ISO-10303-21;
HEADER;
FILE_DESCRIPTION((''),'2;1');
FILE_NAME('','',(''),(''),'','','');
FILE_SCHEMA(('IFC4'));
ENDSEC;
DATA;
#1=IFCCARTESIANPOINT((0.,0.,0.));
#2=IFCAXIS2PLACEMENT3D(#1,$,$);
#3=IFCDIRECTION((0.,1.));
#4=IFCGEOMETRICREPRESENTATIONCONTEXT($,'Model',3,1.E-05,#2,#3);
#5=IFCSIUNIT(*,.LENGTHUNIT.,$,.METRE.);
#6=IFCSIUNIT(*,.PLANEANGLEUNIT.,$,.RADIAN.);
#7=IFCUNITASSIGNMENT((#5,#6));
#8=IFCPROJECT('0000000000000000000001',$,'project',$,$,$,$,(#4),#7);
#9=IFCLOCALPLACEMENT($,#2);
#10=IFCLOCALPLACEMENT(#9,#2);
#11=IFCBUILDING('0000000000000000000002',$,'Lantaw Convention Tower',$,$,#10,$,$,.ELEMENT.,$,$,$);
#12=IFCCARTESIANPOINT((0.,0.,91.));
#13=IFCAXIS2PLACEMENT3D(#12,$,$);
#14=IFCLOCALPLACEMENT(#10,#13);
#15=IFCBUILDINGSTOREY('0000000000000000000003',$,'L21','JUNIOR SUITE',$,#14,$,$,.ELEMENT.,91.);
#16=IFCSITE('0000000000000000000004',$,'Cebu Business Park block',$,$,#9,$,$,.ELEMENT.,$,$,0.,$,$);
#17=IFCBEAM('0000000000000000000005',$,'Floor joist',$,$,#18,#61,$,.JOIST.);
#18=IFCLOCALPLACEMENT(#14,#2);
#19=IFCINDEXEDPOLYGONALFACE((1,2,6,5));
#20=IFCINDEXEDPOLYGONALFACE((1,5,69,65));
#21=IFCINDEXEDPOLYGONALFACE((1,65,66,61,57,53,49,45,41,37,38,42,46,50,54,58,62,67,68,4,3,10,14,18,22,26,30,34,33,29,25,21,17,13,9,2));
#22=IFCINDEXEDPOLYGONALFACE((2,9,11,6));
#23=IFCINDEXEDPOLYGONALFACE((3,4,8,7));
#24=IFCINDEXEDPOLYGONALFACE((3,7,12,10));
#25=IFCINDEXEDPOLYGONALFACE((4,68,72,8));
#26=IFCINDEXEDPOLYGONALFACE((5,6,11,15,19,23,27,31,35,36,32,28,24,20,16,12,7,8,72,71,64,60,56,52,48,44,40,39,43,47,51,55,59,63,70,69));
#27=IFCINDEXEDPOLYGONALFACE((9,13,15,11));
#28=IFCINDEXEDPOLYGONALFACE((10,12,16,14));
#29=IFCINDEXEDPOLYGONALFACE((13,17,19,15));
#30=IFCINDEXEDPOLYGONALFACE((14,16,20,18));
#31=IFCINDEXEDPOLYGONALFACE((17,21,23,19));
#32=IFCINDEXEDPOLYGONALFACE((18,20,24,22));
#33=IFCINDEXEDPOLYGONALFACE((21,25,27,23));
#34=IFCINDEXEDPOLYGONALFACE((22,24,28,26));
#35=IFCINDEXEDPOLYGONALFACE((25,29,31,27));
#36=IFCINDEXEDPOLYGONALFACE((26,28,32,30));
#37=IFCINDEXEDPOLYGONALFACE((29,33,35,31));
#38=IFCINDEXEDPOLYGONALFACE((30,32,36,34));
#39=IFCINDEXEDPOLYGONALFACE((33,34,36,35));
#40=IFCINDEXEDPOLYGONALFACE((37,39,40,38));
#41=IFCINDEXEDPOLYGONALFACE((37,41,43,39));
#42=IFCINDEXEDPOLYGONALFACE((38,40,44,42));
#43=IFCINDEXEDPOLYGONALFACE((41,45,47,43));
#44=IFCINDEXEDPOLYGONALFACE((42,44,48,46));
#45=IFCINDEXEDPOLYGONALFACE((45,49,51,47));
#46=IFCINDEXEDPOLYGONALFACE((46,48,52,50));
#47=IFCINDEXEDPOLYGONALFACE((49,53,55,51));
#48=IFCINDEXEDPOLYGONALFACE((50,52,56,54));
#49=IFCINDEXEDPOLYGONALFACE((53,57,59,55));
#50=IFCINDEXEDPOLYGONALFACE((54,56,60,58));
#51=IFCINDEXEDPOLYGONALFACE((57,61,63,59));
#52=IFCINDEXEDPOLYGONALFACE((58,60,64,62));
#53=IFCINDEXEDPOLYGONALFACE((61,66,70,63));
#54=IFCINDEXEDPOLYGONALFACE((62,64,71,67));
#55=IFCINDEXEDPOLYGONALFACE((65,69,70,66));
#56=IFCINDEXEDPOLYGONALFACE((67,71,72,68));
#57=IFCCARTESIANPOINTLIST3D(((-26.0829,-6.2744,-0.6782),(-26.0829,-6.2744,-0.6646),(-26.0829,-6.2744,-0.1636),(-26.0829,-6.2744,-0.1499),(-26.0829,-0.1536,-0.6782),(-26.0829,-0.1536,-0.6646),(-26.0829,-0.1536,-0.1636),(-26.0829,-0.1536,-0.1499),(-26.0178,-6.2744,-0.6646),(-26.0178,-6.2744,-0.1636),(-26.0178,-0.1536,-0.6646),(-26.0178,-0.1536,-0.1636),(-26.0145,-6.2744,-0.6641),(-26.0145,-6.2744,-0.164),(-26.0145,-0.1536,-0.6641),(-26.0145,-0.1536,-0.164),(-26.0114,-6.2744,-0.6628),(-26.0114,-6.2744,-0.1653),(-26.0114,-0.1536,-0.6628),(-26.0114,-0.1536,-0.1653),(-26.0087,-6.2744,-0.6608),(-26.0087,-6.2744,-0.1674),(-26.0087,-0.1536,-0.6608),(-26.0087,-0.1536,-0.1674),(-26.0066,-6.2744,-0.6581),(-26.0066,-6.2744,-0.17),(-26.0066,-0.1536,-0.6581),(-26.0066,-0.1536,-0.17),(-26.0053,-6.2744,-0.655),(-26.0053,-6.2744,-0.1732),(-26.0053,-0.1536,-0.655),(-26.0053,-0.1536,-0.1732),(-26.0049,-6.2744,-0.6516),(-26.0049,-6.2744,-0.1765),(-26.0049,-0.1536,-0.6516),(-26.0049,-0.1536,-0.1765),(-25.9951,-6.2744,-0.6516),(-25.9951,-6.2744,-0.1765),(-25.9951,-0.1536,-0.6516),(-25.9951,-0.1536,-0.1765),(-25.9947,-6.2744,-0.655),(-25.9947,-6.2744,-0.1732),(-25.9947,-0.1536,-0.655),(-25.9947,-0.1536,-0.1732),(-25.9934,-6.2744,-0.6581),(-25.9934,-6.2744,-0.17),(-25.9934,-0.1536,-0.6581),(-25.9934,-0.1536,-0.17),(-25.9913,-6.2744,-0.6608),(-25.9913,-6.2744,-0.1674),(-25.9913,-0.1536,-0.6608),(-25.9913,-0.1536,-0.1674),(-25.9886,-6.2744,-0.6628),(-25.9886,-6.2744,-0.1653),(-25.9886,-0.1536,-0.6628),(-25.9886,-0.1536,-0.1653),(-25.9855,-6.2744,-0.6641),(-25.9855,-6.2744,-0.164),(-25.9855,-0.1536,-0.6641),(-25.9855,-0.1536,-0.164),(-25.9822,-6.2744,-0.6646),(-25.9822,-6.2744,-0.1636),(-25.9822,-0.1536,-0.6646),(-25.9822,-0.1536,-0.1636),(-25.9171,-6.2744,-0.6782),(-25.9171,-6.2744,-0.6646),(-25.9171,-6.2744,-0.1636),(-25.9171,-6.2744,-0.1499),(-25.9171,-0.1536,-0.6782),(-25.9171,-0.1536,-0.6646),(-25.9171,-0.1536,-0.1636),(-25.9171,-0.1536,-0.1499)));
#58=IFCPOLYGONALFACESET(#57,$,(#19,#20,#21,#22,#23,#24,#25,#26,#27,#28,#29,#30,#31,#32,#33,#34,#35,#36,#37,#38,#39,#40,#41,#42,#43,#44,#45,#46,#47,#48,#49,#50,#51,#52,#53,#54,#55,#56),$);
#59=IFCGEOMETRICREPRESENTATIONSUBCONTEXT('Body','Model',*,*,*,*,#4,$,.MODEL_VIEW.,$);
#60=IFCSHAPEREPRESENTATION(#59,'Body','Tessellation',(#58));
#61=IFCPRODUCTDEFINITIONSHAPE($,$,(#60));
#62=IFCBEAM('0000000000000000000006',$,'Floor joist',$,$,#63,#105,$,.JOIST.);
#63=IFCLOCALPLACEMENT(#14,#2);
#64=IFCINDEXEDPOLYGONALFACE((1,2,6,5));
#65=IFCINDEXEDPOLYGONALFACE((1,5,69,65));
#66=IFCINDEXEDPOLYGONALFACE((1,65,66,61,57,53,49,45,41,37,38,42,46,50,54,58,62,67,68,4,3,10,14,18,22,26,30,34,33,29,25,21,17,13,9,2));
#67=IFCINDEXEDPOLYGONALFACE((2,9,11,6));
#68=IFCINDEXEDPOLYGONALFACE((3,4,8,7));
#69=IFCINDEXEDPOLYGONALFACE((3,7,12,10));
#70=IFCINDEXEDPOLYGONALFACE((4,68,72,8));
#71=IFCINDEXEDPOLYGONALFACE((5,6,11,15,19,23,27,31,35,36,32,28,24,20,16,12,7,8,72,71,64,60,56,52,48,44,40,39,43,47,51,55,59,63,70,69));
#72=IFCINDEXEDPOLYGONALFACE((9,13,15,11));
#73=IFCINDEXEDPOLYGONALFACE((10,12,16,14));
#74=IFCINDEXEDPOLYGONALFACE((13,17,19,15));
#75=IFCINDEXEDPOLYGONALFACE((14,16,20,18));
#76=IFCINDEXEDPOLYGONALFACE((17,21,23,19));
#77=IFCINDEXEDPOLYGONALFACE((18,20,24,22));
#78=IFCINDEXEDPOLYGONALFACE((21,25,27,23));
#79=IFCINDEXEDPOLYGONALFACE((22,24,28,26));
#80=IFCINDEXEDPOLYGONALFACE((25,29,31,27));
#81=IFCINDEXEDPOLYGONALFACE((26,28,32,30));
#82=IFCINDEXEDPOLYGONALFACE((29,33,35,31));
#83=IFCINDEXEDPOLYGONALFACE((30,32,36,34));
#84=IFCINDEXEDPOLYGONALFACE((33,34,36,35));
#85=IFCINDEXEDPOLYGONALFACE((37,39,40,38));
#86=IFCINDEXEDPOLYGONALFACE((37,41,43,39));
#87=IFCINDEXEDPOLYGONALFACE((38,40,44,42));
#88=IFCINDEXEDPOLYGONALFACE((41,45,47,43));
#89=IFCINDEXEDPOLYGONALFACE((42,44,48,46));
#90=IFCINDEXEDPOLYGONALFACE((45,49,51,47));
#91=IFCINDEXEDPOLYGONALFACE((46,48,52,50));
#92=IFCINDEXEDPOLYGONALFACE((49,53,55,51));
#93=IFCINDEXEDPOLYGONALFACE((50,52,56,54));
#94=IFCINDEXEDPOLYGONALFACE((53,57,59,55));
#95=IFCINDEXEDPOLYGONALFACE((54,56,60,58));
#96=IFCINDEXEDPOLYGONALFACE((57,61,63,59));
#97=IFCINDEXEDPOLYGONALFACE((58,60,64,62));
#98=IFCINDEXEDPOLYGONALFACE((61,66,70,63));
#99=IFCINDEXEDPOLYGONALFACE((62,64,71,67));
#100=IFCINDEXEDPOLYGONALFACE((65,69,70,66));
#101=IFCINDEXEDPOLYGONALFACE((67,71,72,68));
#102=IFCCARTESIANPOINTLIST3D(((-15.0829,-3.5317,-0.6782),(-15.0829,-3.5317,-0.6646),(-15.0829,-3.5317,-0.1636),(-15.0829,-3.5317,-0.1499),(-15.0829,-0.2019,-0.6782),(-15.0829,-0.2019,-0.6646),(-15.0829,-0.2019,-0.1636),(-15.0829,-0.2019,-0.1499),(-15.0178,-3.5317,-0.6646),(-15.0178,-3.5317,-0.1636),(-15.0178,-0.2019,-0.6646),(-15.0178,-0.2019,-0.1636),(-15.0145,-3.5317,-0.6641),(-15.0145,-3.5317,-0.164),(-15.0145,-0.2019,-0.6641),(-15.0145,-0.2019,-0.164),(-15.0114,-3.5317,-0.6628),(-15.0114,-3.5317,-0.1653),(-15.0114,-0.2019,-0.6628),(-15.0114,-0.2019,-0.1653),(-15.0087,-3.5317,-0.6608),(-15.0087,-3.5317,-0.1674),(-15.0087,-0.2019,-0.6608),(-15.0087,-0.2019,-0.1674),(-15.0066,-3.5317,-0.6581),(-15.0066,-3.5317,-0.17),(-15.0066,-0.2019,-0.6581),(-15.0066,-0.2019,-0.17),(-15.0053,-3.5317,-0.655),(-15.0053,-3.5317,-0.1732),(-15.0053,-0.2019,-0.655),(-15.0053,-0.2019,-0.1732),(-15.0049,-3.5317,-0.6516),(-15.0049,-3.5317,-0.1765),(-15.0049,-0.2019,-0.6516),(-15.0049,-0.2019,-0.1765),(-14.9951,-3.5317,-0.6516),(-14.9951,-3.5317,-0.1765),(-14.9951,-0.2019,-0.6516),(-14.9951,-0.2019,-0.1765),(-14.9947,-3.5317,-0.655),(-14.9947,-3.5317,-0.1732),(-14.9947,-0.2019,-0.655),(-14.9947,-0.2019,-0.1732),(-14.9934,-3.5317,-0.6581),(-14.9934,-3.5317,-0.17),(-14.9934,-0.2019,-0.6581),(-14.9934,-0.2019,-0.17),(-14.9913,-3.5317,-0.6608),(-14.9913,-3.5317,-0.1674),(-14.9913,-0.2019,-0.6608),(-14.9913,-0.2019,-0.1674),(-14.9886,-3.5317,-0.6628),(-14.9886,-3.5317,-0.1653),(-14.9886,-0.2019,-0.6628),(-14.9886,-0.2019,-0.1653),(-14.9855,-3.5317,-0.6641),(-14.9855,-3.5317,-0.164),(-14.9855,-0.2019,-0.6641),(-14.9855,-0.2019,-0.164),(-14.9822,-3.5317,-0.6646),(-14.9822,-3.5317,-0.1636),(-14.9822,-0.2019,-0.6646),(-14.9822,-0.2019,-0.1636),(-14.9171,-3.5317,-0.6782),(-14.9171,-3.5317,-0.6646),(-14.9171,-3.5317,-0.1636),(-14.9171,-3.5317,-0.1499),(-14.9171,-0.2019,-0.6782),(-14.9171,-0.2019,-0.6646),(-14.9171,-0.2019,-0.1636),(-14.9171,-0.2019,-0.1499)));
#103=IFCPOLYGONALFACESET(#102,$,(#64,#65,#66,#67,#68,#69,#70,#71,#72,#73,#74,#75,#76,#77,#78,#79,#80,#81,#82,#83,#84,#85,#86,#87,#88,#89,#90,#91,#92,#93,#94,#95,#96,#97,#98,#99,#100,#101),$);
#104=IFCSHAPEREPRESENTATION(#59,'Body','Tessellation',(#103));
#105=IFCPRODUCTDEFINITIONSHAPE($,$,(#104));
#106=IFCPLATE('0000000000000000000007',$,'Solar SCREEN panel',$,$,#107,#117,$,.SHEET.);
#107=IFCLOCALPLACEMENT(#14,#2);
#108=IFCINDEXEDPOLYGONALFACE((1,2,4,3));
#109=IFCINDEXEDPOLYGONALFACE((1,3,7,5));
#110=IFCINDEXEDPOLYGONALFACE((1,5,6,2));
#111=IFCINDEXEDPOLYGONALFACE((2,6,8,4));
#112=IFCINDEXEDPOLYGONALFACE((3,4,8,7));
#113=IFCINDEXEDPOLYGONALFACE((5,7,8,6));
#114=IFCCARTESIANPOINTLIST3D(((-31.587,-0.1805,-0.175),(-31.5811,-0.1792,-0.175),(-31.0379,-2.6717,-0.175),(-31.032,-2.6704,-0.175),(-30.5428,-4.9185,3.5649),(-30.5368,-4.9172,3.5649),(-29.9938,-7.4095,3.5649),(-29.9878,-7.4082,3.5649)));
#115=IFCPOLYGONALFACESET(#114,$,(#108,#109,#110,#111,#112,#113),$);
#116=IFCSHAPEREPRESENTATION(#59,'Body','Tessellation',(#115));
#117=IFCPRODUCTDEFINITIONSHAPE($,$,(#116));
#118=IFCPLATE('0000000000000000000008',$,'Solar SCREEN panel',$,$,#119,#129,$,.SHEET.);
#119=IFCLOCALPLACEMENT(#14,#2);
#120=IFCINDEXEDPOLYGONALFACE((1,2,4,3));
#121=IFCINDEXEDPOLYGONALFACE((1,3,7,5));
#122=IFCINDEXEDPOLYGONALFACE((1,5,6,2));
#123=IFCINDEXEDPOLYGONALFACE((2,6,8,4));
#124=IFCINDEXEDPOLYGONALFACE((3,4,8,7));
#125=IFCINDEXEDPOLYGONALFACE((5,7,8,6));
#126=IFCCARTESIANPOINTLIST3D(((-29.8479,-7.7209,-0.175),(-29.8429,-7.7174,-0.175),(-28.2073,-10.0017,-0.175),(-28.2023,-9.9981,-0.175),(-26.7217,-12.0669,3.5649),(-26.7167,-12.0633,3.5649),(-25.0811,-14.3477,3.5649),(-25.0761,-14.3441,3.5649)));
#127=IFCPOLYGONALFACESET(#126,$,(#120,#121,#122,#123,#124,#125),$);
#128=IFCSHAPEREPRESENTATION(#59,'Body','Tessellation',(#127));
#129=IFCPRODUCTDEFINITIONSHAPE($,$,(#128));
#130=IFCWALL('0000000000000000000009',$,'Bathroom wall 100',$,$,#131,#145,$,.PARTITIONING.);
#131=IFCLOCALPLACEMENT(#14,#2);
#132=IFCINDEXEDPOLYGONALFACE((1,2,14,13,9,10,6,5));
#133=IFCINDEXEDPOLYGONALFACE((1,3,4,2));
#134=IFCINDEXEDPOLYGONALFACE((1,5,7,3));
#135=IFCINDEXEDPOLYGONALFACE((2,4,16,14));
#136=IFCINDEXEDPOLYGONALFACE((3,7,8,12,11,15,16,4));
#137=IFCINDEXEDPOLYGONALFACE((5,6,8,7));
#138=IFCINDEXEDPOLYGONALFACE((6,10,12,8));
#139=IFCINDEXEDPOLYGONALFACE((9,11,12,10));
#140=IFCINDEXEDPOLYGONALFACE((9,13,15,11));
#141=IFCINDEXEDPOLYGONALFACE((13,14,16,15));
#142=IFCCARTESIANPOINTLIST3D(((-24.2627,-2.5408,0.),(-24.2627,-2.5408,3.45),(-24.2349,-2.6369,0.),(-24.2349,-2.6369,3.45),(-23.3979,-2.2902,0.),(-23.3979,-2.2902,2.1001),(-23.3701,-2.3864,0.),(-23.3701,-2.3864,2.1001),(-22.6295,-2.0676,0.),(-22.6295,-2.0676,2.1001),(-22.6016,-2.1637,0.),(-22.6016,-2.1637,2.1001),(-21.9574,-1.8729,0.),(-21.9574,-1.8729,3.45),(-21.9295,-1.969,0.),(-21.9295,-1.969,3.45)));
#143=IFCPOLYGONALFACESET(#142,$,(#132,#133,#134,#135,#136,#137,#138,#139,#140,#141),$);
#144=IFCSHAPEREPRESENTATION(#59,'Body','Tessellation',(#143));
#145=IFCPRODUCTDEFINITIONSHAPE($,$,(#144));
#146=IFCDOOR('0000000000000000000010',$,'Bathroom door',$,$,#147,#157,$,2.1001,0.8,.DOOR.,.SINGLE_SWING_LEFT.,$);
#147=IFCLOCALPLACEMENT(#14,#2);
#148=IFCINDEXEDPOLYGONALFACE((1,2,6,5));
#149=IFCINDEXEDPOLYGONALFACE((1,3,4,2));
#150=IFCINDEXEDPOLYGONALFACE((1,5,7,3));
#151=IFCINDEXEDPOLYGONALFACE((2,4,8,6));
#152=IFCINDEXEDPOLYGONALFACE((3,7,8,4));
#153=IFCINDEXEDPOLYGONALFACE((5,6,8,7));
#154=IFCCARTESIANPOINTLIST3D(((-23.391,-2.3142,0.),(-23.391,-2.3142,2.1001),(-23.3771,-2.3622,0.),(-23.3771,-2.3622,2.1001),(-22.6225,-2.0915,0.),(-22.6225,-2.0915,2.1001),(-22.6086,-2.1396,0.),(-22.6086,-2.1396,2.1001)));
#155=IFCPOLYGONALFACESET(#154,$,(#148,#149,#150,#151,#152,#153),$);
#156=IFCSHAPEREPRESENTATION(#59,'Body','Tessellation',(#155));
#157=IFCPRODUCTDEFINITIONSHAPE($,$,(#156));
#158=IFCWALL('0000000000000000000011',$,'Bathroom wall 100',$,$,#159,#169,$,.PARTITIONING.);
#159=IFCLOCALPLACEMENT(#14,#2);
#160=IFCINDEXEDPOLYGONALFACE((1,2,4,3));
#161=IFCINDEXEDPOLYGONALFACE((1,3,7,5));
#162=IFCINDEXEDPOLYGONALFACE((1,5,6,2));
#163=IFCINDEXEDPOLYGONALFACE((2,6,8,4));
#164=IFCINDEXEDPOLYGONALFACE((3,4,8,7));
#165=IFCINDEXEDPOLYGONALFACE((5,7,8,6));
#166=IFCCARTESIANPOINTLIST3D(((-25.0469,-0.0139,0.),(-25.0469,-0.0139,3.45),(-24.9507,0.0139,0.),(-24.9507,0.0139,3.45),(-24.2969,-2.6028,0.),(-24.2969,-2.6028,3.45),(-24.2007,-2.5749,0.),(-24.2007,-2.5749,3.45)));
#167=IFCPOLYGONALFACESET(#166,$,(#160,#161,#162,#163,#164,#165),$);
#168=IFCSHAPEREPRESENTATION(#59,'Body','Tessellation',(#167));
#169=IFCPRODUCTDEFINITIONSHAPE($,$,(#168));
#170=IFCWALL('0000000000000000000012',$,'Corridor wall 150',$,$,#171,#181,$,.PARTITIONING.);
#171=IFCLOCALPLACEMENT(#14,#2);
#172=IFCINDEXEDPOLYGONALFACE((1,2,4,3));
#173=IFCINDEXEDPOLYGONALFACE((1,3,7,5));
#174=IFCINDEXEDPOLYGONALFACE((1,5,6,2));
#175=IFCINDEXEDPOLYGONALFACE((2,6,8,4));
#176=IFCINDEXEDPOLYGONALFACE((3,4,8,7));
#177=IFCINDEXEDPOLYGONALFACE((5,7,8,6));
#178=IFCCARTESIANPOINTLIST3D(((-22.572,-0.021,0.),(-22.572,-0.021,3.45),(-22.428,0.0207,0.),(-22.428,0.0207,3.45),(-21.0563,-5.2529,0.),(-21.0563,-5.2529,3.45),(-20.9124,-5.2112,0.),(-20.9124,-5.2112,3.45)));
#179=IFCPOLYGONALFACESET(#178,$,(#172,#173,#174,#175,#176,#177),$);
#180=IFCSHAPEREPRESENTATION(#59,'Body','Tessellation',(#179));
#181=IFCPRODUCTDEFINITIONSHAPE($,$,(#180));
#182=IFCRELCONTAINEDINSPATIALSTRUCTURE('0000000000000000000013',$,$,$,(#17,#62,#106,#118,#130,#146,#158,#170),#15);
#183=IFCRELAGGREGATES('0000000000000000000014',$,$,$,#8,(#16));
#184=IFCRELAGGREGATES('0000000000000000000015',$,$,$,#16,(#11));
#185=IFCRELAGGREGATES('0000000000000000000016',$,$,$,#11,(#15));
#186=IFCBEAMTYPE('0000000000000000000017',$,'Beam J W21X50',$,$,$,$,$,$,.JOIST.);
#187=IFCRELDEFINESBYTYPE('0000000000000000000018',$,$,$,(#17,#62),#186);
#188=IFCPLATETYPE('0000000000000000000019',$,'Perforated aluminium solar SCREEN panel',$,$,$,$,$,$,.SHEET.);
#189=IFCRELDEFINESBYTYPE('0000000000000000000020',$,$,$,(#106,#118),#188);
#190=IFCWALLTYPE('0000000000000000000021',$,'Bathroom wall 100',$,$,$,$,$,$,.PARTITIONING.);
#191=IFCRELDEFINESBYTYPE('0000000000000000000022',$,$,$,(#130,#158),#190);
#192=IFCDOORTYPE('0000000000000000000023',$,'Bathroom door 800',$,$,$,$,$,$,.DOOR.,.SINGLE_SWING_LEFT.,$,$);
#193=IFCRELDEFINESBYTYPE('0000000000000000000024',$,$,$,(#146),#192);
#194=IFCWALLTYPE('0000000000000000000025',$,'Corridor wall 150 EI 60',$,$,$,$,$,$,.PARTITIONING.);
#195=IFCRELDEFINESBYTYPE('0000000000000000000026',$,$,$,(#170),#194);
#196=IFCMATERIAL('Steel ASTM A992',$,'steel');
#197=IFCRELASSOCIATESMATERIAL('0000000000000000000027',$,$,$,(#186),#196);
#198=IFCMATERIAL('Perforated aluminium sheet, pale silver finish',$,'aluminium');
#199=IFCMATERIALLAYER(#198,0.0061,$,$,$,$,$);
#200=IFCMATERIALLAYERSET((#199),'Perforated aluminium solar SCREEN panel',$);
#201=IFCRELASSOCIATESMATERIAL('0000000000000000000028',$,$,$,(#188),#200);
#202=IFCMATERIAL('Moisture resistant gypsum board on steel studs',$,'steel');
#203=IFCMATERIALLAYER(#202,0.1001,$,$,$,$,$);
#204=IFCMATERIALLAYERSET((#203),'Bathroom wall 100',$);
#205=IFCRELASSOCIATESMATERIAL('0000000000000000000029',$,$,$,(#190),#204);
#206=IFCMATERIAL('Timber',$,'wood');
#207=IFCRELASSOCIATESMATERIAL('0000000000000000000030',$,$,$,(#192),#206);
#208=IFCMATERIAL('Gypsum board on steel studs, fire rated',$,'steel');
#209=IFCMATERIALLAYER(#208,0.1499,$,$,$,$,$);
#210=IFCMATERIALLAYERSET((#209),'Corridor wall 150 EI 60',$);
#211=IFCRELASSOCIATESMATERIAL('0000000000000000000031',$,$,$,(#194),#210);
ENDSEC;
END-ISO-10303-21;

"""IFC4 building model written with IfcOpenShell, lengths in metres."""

from ifc_helpers import new_model, si_unit, direction, frame, frame_2d, origin, origin_2d, place, context, subcontext, project, spatial, polyline, rectangle, i_section, outline, extrude, material, layer, layer_set, material_profile, profile_set, type_object, element, fill, save


model = new_model("IFC4")

# Units and contexts
model_context = context("Model", 3, precision=1e-05, world=origin(), true_north=direction((0.0, 1.0)))
body_context = subcontext(model_context, "Body", "Model", "MODEL_VIEW")
ifc_project = project(units=[si_unit("LENGTHUNIT", "METRE"), si_unit("PLANEANGLEUNIT", "RADIAN")], contexts=[model_context])

# Site, building, storey
site_placement = place(None, origin())
site = spatial("IfcSite", under=ifc_project, at=site_placement, Name="Cebu Business Park block", CompositionType="ELEMENT", RefElevation=0.0)
building_placement = place(site_placement, origin())
building = spatial("IfcBuilding", under=site, at=building_placement, Name="Lantaw Convention Tower", CompositionType="ELEMENT")
storey_placement = place(building_placement, frame((0.0, 0.0, 91.0)))
storey = spatial("IfcBuildingStorey", under=building, at=storey_placement, Name="L21", Description="JUNIOR SUITE", CompositionType="ELEMENT", Elevation=91.0)

# Beams
ifc_material_1 = material(Name="Steel ASTM A992", Category="steel")
ifc_material_profile_1 = material_profile(ifc_material_1, i_section(OverallWidth=0.1658, OverallDepth=0.5283, WebThickness=0.0098, FlangeThickness=0.0137, FilletRadius=0.0129, at=origin_2d()), Name="W21X50")
ifc_profile_set_1 = profile_set([ifc_material_profile_1], Name="Steel ASTM A992")
beam_type_1 = type_object("IfcBeamType", Name="Beam J W21X50", PredefinedType="JOIST", material=ifc_profile_set_1)
beam_1_placement = place(storey_placement, frame((-26.0, -6.2744, -0.4141), z_axis=(0.0, 1.0, 0.0), x_axis=(-1.0, 0.0, 0.0)))
element("IfcBeam", 1, at=beam_1_placement, inside=storey, type_object=beam_type_1, Name="Floor joist", PredefinedType="JOIST", context=body_context, shape_type="SweptSolid", body=[
    extrude(i_section(OverallWidth=0.1658, OverallDepth=0.5283, WebThickness=0.0098, FlangeThickness=0.0137, FilletRadius=0.0129, at=origin_2d()), origin(), (0.0, 0.0, 1.0), 6.1208),
])
beam_2_placement = place(storey_placement, frame((-15.0, -3.5317, -0.4141), z_axis=(0.0, 1.0, 0.0), x_axis=(-1.0, 0.0, 0.0)))
element("IfcBeam", 2, at=beam_2_placement, inside=storey, type_object=beam_type_1, Name="Floor joist", PredefinedType="JOIST", context=body_context, shape_type="SweptSolid", body=[
    extrude(i_section(OverallWidth=0.1658, OverallDepth=0.5283, WebThickness=0.0098, FlangeThickness=0.0137, FilletRadius=0.0129, at=origin_2d()), origin(), (0.0, 0.0, 1.0), 3.3298),
])

# Plates
ifc_material_2 = material(Name="Perforated aluminium sheet, pale silver finish", Category="aluminium")
ifc_layer_1 = layer(ifc_material_2, 0.0061)
ifc_layer_set_1 = layer_set([ifc_layer_1], Name="Perforated aluminium solar SCREEN panel")
plate_type = type_object("IfcPlateType", Name="Perforated aluminium solar SCREEN panel", PredefinedType="SHEET", material=ifc_layer_set_1)
plate_1_placement = place(storey_placement, frame((-31.5811, -0.1792, -0.175), z_axis=(0.976559, 0.215248, 0.00003), x_axis=(0.215248, -0.976559, 0.0)))
element("IfcPlate", 3, at=plate_1_placement, inside=storey, type_object=plate_type, Name="Solar SCREEN panel", PredefinedType="SHEET", context=body_context, shape_type="SweptSolid", body=[
    extrude(outline(polyline([(0.0, 0.0), (2.551, 0.0), (7.4025, -3.74), (4.8517, -3.74), (0.0, 0.0)])), origin(), (0.0, 0.0, -1.0), 0.0061),
])
plate_2_placement = place(storey_placement, frame((-29.8479, -7.7209, -0.175), z_axis=(-0.811791, -0.583948, 0.000009), x_axis=(0.583948, -0.811791, 0.0)))
element("IfcPlate", 4, at=plate_2_placement, inside=storey, type_object=plate_type, Name="Solar SCREEN panel", PredefinedType="SHEET", context=body_context, shape_type="SweptSolid", body=[
    extrude(outline(polyline([(0.0, 0.0), (2.8095, 0.0), (8.1631, 3.74), (5.3536, 3.74), (0.0, 0.0)])), origin(), (0.0, 0.0, -1.0), 0.0061),
])

# Wall, opening, door
ifc_material_3 = material(Name="Moisture resistant gypsum board on steel studs", Category="steel")
ifc_layer_2 = layer(ifc_material_3, 0.1001)
ifc_layer_set_2 = layer_set([ifc_layer_2], Name="Bathroom wall 100")
wall_type_1 = type_object("IfcWallType", Name="Bathroom wall 100", PredefinedType="PARTITIONING", material=ifc_layer_set_2)
wall_1_placement = place(storey_placement, frame((-21.9434, -1.9209, 0.0), z_axis=(0.0, 0.0, 1.0), x_axis=(-0.960496, -0.278293, 0.0)))
wall_1 = element("IfcWall", 5, at=wall_1_placement, inside=storey, type_object=wall_type_1, Name="Bathroom wall 100", PredefinedType="PARTITIONING", context=body_context, shape_type="SweptSolid", body=[
    extrude(rectangle(XDim=2.4001, YDim=0.1001, at=frame_2d((1.2002, 0.0))), origin(), (0.0, 0.0, 1.0), 3.45),
])
opening_1_placement = place(wall_1_placement, frame((0.7, 0.0, 0.0)))
opening_1 = element("IfcOpeningElement", 6, at=opening_1_placement, cuts=wall_1, PredefinedType="OPENING", context=body_context, shape_type="SweptSolid", body=[
    extrude(rectangle(XDim=0.8, YDim=2.1001, at=frame_2d((0.3999, 1.05))), frame((0.0, 0.0601, 0.0), z_axis=(0.0, -1.0, 0.0), x_axis=(1.0, 0.0, 0.0)), (0.0, 0.0, 1.0), 0.1201),
])
ifc_material_4 = material(Name="Timber", Category="wood")
door_type_1 = type_object("IfcDoorType", Name="Bathroom door 800", OperationType="SINGLE_SWING_LEFT", PredefinedType="DOOR", material=ifc_material_4)
door_1_placement = place(opening_1_placement, origin())
door_1 = element("IfcDoor", 7, at=door_1_placement, inside=storey, type_object=door_type_1, Name="Bathroom door", OperationType="SINGLE_SWING_LEFT", OverallHeight=2.1001, OverallWidth=0.8, PredefinedType="DOOR", context=body_context, shape_type="SweptSolid", body=[
    extrude(rectangle(XDim=0.8, YDim=2.1001, at=frame_2d((0.3999, 1.05))), frame((0.0, 0.0249, 0.0), z_axis=(0.0, -1.0, 0.0), x_axis=(1.0, 0.0, 0.0)), (0.0, 0.0, 1.0), 0.05),
])
fill(opening_1, door_1)

# Walls
wall_2_placement = place(storey_placement, frame((-24.2488, -2.5889, 0.0), z_axis=(0.0, 0.0, 1.0), x_axis=(-0.27826, 0.960506, 0.0)))
element("IfcWall", 8, at=wall_2_placement, inside=storey, type_object=wall_type_1, Name="Bathroom wall 100", PredefinedType="PARTITIONING", context=body_context, shape_type="SweptSolid", body=[
    extrude(rectangle(XDim=2.6953, YDim=0.1001, at=frame_2d((1.3477, 0.0))), origin(), (0.0, 0.0, 1.0), 3.45),
])
ifc_material_5 = material(Name="Gypsum board on steel studs, fire rated", Category="steel")
ifc_layer_3 = layer(ifc_material_5, 0.1499)
ifc_layer_set_3 = layer_set([ifc_layer_3], Name="Corridor wall 150 EI 60")
wall_type_2 = type_object("IfcWallType", Name="Corridor wall 150 EI 60", PredefinedType="PARTITIONING", material=ifc_layer_set_3)
wall_3_placement = place(storey_placement, frame((-22.5, 0.0, 0.0), z_axis=(0.0, 0.0, 1.0), x_axis=(0.278247, -0.960509, 0.0)))
element("IfcWall", 9, at=wall_3_placement, inside=storey, type_object=wall_type_2, Name="Corridor wall 150", PredefinedType="PARTITIONING", context=body_context, shape_type="SweptSolid", body=[
    extrude(rectangle(XDim=5.447, YDim=0.1499, at=frame_2d((2.7236, 0.0))), origin(), (0.0, 0.0, 1.0), 3.45),
])

save(model, "model.ifc")
